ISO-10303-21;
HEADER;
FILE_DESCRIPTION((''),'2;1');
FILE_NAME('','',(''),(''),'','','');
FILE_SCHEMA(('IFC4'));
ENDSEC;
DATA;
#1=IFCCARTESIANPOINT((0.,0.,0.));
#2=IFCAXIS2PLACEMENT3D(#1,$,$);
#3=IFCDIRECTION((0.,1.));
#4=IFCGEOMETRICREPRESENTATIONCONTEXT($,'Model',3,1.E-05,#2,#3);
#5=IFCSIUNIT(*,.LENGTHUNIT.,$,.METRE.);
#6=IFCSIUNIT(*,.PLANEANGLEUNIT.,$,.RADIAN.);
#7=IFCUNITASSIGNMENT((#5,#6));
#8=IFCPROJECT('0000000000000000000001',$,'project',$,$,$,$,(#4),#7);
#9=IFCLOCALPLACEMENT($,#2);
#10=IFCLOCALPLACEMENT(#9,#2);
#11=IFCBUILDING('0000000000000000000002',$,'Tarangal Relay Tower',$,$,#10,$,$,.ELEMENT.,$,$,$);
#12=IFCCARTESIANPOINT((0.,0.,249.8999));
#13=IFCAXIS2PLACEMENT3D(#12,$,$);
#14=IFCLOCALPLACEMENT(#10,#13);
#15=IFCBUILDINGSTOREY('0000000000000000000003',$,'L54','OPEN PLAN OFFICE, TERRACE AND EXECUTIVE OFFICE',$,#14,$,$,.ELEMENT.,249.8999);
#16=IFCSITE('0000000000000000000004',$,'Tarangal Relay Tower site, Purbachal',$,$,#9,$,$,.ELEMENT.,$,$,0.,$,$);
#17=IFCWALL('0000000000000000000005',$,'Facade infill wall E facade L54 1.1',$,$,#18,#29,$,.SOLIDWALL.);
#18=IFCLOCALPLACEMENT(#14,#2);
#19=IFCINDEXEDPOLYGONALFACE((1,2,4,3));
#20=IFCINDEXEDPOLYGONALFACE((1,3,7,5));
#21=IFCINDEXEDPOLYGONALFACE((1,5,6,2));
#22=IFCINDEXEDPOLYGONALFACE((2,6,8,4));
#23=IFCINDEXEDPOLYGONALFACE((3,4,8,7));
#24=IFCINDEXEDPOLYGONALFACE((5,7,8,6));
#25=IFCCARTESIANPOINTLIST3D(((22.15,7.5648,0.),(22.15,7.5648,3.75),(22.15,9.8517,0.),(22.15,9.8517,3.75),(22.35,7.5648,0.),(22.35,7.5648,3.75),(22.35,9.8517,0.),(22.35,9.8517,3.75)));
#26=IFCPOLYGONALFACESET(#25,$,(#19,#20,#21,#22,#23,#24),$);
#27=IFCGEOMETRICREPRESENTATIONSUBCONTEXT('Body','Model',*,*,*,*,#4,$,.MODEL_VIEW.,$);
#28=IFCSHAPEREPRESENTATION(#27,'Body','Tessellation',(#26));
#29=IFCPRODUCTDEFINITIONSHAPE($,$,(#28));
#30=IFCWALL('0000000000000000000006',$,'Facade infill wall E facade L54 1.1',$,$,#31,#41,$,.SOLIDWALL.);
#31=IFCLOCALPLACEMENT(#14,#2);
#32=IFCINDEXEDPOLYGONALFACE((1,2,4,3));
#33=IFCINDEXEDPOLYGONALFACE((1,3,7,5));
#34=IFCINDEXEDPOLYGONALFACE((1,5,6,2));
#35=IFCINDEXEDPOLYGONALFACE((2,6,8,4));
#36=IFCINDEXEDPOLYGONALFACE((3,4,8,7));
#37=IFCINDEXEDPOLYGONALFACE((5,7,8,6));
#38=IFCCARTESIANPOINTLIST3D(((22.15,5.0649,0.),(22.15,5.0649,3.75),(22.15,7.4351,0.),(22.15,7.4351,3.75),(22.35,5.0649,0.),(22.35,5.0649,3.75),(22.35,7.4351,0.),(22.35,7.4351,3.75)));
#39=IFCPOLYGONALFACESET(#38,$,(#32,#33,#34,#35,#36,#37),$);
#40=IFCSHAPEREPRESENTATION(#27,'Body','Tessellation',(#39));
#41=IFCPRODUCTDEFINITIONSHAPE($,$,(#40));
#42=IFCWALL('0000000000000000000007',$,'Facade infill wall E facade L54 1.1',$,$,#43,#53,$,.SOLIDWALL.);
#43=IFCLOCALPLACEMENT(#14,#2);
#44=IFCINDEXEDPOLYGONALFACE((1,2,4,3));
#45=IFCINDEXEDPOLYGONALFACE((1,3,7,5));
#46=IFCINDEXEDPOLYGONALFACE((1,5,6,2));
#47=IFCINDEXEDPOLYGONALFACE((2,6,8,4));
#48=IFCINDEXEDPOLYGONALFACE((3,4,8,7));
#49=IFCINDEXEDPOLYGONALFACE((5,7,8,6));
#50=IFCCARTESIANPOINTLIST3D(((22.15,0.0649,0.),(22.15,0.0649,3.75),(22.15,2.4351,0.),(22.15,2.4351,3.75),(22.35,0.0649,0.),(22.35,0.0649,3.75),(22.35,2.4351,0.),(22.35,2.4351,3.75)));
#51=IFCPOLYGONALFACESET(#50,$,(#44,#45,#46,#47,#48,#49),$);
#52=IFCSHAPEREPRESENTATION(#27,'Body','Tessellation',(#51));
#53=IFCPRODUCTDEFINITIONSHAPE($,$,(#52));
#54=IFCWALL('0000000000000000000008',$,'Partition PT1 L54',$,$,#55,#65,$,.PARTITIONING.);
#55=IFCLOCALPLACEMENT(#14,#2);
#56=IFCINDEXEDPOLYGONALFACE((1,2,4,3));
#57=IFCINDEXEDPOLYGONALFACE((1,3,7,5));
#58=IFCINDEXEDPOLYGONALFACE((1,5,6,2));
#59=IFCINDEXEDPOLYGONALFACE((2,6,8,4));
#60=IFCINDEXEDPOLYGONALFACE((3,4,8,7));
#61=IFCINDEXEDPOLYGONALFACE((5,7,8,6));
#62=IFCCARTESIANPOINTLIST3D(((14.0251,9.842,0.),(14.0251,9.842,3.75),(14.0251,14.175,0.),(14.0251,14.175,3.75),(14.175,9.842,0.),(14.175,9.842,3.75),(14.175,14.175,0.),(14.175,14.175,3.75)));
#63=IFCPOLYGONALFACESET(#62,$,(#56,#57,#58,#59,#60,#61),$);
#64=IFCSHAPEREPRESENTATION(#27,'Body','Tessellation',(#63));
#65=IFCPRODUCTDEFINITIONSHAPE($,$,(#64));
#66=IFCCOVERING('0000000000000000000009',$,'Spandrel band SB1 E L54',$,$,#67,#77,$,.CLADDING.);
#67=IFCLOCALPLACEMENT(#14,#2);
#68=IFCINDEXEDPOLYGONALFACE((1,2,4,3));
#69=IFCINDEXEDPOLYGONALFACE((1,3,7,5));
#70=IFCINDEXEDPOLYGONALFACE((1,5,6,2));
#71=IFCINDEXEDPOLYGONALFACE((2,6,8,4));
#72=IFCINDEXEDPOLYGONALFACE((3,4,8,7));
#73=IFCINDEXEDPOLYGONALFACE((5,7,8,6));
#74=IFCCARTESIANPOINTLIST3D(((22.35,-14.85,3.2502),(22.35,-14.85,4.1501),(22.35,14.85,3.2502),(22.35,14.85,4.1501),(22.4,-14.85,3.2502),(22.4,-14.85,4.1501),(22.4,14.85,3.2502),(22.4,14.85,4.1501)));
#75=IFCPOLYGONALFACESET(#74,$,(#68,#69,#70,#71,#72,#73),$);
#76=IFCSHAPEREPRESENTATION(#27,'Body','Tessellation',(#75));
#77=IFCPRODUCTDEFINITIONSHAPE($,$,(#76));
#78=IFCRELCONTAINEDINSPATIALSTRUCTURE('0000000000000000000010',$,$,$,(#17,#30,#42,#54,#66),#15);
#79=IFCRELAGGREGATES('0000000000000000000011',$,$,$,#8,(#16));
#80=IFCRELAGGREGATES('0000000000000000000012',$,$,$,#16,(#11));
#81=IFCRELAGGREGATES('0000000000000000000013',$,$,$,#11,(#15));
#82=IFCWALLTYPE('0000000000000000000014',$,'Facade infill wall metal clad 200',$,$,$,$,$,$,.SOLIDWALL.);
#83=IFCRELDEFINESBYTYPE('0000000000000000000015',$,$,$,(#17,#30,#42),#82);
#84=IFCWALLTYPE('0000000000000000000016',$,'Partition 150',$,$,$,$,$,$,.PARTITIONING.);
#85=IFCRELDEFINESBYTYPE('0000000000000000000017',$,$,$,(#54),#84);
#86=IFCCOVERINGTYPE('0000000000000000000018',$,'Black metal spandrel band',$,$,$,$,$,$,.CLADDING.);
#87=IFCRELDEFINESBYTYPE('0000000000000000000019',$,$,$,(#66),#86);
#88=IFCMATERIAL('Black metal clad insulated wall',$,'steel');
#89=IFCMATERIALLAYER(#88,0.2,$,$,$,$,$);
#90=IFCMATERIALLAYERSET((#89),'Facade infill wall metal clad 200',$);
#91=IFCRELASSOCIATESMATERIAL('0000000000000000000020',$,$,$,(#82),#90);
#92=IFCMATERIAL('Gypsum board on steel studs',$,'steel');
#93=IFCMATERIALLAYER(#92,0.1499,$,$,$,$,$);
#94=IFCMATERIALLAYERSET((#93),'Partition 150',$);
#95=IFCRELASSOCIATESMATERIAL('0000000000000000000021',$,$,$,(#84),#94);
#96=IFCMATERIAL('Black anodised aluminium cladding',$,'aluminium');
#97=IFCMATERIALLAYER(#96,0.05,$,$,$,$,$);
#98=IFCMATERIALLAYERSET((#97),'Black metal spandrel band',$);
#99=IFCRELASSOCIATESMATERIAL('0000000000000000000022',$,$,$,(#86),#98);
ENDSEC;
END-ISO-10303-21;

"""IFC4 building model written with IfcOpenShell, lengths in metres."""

from ifc_helpers import new_model, si_unit, direction, frame, frame_2d, origin, origin_2d, place, context, subcontext, project, spatial, rectangle, extrude, material, layer, layer_set, type_object, element, save


model = new_model("IFC4")

# Units and contexts
model_context = context("Model", 3, precision=1e-05, world=origin(), true_north=direction((0.0, 1.0)))
body_context = subcontext(model_context, "Body", "Model", "MODEL_VIEW")
ifc_project = project(units=[si_unit("LENGTHUNIT", "METRE"), si_unit("PLANEANGLEUNIT", "RADIAN")], contexts=[model_context])

# Site, building, storey
site_placement = place(None, origin())
site = spatial("IfcSite", under=ifc_project, at=site_placement, Name="Tarangal Relay Tower site, Purbachal", CompositionType="ELEMENT", RefElevation=0.0)
building_placement = place(site_placement, origin())
building = spatial("IfcBuilding", under=site, at=building_placement, Name="Tarangal Relay Tower", CompositionType="ELEMENT")
storey_placement = place(building_placement, frame((0.0, 0.0, 249.8999)))
storey = spatial("IfcBuildingStorey", under=building, at=storey_placement, Name="L54", Description="OPEN PLAN OFFICE, TERRACE AND EXECUTIVE OFFICE", CompositionType="ELEMENT", Elevation=249.8999)

# Walls
ifc_material_1 = material(Name="Black metal clad insulated wall", Category="steel")
ifc_layer_1 = layer(ifc_material_1, 0.2)
ifc_layer_set_1 = layer_set([ifc_layer_1], Name="Facade infill wall metal clad 200")
wall_type_1 = type_object("IfcWallType", Name="Facade infill wall metal clad 200", PredefinedType="SOLIDWALL", material=ifc_layer_set_1)
wall_1_placement = place(storey_placement, frame((22.25, 9.8518, 0.0), z_axis=(0.0, 0.0, 1.0), x_axis=(0.0, -1.0, 0.0)))
element("IfcWall", 1, at=wall_1_placement, inside=storey, type_object=wall_type_1, Name="Facade infill wall E facade L54 1.1", PredefinedType="SOLIDWALL", context=body_context, shape_type="SweptSolid", body=[
    extrude(rectangle(XDim=2.2869, YDim=0.2, at=frame_2d((1.1436, 0.0))), origin(), (0.0, 0.0, 1.0), 3.75),
])
for number, where, z_axis, x_axis, name in (
    (2, (22.25, 7.4351, 0.0), (0.0, 0.0, 1.0), (0.0, -1.0, 0.0), "Facade infill wall E facade L54 1.1"),
    (3, (22.25, 2.4351, 0.0), (0.0, 0.0, 1.0), (0.0, -1.0, 0.0), "Facade infill wall E facade L54 1.1"),
):
    element("IfcWall", number, at=place(storey_placement, frame(where, z_axis=z_axis, x_axis=x_axis)), inside=storey, type_object=wall_type_1, Name=name, PredefinedType="SOLIDWALL", context=body_context, shape_type="SweptSolid", body=[
        extrude(rectangle(XDim=2.3701, YDim=0.2, at=frame_2d((1.1851, 0.0))), origin(), (0.0, 0.0, 1.0), 3.75),
    ])
ifc_material_2 = material(Name="Gypsum board on steel studs", Category="steel")
ifc_layer_2 = layer(ifc_material_2, 0.1499)
ifc_layer_set_2 = layer_set([ifc_layer_2], Name="Partition 150")
wall_type_2 = type_object("IfcWallType", Name="Partition 150", PredefinedType="PARTITIONING", material=ifc_layer_set_2)
wall_2_placement = place(storey_placement, frame((14.1001, 9.842, 0.0), z_axis=(0.0, 0.0, 1.0), x_axis=(0.0, 1.0, 0.0)))
element("IfcWall", 4, at=wall_2_placement, inside=storey, type_object=wall_type_2, Name="Partition PT1 L54", PredefinedType="PARTITIONING", context=body_context, shape_type="SweptSolid", body=[
    extrude(rectangle(XDim=4.333, YDim=0.1499, at=frame_2d((2.1665, 0.0))), origin(), (0.0, 0.0, 1.0), 3.75),
])

# Covering
ifc_material_3 = material(Name="Black anodised aluminium cladding", Category="aluminium")
ifc_layer_3 = layer(ifc_material_3, 0.05)
ifc_layer_set_3 = layer_set([ifc_layer_3], Name="Black metal spandrel band")
covering_type = type_object("IfcCoveringType", Name="Black metal spandrel band", PredefinedType="CLADDING", material=ifc_layer_set_3)
covering_placement = place(storey_placement, frame((22.375, 0.0, 3.2502), z_axis=(0.0, 0.0, 1.0), x_axis=(0.0, -1.0, 0.0)))
element("IfcCovering", 5, at=covering_placement, inside=storey, type_object=covering_type, Name="Spandrel band SB1 E L54", PredefinedType="CLADDING", context=body_context, shape_type="SweptSolid", body=[
    extrude(rectangle(XDim=29.7, YDim=0.05, at=origin_2d()), origin(), (0.0, 0.0, 1.0), 0.8999),
])

save(model, "model.ifc")
